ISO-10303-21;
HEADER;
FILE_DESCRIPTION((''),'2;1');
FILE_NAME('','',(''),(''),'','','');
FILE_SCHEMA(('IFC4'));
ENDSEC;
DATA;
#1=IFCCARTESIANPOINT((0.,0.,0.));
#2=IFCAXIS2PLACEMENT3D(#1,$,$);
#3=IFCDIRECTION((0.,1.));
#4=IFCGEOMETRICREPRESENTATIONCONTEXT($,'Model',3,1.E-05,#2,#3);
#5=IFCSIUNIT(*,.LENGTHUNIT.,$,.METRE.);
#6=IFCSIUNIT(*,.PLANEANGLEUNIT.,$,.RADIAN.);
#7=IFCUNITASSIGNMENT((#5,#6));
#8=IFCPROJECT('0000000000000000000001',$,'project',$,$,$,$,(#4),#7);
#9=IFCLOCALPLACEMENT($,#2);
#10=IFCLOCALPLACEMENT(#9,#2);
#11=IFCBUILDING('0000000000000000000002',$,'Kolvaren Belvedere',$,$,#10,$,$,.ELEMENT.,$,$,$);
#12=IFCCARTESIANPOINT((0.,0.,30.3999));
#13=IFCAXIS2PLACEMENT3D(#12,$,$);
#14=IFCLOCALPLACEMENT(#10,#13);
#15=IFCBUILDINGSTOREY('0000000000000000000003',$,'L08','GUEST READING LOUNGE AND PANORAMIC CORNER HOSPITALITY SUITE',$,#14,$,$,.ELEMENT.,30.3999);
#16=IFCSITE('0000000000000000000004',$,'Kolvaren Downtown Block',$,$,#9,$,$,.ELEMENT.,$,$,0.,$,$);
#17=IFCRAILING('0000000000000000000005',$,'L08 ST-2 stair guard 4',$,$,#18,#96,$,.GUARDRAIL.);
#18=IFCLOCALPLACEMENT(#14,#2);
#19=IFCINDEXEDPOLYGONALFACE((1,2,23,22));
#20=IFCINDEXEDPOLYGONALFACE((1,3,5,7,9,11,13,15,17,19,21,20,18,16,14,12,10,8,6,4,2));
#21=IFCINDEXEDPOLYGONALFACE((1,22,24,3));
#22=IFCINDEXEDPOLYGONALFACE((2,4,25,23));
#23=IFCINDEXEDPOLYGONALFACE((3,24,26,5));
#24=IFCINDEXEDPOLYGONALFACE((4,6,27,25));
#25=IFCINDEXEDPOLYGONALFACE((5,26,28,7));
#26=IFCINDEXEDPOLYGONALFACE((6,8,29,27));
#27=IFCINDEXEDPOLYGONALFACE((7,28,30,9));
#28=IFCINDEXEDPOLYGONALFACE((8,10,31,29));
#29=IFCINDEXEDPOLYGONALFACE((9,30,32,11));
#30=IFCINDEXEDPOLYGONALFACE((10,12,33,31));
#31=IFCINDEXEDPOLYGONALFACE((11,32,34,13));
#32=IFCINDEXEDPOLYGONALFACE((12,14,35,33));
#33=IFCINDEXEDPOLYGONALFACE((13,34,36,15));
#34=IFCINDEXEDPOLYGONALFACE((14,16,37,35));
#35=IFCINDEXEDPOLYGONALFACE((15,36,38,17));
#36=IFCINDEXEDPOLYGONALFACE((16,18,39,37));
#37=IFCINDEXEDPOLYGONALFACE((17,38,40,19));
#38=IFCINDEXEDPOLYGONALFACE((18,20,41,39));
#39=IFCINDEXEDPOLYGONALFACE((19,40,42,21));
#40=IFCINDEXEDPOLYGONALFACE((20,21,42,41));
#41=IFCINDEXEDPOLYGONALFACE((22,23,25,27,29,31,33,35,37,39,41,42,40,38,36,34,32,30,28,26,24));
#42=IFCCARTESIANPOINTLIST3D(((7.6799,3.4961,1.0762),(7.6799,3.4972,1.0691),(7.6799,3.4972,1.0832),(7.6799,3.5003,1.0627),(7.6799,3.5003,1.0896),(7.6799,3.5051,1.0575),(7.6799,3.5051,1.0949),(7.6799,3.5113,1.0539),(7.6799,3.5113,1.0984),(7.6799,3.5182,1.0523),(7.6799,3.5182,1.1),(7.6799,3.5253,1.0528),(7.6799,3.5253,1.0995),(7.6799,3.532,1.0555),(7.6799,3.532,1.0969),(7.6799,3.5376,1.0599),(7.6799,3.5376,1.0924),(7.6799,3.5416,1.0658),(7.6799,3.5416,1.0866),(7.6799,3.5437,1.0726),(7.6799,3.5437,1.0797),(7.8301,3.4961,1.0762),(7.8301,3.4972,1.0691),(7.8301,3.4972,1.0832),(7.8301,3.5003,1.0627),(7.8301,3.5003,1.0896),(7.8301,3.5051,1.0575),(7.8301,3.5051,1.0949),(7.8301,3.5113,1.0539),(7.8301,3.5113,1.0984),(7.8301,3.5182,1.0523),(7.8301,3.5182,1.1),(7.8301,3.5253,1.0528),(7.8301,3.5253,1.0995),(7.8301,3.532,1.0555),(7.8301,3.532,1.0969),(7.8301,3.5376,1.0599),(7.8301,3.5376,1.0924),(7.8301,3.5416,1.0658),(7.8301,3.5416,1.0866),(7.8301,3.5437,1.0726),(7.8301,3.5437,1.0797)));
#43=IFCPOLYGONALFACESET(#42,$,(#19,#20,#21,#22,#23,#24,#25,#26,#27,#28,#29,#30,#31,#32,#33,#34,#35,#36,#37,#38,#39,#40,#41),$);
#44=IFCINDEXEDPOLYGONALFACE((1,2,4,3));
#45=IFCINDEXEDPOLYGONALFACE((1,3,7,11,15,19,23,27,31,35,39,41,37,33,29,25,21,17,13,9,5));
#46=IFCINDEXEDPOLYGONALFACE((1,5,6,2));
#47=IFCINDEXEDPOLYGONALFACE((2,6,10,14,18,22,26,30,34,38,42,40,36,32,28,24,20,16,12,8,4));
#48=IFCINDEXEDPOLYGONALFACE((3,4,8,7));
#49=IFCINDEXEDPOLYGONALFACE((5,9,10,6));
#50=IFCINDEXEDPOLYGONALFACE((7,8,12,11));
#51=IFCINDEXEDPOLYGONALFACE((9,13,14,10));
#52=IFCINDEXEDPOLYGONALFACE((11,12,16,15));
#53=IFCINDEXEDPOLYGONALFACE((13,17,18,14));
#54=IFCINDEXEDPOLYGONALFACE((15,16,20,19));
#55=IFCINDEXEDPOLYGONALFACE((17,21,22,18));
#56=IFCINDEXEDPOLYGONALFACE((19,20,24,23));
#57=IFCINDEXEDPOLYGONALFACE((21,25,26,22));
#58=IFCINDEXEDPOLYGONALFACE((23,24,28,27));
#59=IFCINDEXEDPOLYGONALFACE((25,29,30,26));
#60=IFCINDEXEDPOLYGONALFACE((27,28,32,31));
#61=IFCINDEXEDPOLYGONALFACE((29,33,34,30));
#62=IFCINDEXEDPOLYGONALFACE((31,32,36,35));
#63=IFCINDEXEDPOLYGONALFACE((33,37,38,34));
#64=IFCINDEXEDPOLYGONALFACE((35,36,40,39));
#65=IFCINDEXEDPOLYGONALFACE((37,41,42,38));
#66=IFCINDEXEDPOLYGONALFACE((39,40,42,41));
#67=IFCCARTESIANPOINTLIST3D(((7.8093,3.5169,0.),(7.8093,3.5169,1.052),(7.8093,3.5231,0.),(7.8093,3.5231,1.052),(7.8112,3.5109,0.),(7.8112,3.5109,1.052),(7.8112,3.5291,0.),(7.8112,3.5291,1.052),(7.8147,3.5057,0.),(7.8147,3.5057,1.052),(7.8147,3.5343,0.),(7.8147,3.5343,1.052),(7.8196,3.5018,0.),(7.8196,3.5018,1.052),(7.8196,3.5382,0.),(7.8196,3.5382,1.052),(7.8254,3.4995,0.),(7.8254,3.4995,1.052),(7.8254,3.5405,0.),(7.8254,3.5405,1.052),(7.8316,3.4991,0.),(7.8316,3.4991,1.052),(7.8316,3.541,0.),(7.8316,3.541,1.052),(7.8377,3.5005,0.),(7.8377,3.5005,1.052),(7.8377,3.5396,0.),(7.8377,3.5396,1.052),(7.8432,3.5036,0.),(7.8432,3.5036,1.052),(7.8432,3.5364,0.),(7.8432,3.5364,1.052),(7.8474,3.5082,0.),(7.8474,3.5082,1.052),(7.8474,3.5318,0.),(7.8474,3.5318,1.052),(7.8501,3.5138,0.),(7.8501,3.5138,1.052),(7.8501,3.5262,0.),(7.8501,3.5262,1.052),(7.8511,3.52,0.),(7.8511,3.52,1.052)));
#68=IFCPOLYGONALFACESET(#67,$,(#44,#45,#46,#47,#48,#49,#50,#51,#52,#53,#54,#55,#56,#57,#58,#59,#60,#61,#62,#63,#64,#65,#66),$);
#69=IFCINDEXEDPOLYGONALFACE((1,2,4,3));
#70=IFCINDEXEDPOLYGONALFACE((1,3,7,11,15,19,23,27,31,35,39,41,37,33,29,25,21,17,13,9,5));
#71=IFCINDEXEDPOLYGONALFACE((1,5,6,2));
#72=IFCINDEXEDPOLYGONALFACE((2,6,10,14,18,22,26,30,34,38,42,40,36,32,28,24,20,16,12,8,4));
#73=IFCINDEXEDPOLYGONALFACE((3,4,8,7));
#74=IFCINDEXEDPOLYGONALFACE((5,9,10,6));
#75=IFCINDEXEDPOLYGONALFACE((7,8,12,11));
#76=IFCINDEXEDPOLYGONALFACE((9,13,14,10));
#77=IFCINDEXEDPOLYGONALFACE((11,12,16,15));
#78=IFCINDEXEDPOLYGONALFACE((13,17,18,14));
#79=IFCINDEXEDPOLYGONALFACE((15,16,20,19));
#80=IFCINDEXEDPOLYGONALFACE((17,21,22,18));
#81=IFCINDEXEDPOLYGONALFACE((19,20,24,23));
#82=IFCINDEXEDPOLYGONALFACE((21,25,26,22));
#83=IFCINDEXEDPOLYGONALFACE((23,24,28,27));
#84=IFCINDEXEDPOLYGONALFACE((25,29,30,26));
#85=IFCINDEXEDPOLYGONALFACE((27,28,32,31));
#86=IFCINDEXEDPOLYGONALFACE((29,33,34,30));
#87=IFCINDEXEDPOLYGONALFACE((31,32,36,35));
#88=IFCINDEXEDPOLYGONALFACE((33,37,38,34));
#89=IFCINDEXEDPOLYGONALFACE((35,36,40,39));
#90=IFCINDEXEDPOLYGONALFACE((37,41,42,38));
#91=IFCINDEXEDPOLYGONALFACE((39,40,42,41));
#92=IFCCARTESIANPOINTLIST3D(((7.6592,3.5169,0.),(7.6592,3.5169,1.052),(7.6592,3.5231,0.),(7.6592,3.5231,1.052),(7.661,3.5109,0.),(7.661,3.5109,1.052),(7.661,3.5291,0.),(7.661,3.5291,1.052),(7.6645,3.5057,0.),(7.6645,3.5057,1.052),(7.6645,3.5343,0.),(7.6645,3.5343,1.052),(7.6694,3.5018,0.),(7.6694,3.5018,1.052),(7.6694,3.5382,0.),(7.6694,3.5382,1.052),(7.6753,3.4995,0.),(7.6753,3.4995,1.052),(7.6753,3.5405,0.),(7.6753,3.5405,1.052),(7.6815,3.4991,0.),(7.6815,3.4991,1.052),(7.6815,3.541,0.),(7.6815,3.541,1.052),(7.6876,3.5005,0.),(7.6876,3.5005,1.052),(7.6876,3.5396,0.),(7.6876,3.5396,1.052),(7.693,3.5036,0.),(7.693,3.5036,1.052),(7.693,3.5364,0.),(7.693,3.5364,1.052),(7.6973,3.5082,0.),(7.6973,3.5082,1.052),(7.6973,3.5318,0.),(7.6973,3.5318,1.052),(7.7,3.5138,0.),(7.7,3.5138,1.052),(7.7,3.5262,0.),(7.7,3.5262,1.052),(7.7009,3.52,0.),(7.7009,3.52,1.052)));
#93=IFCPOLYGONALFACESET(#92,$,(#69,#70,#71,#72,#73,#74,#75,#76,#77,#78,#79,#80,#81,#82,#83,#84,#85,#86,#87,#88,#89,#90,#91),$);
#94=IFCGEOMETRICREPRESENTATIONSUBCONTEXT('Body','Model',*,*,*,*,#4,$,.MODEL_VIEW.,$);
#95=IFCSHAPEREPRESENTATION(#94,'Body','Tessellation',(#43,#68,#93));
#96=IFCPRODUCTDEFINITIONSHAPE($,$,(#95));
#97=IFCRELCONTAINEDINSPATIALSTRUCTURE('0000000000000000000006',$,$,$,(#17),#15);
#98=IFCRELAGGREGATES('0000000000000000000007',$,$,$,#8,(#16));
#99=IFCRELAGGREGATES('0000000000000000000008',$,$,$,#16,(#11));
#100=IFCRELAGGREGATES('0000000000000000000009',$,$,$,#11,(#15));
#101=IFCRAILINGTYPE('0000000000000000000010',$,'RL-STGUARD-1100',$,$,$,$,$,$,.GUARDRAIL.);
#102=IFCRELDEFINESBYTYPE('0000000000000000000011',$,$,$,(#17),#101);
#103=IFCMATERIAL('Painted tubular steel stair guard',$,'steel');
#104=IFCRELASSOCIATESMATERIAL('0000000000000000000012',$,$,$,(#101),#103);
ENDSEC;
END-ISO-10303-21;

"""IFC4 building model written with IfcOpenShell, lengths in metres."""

from ifc_helpers import new_model, si_unit, direction, frame, origin, origin_2d, place, context, subcontext, project, spatial, circle, extrude, material, type_object, element, save


model = new_model("IFC4")

# Units and contexts
model_context = context("Model", 3, precision=1e-05, world=origin(), true_north=direction((0.0, 1.0)))
body_context = subcontext(model_context, "Body", "Model", "MODEL_VIEW")
ifc_project = project(units=[si_unit("LENGTHUNIT", "METRE"), si_unit("PLANEANGLEUNIT", "RADIAN")], contexts=[model_context])

# Site, building, storey
site_placement = place(None, origin())
site = spatial("IfcSite", under=ifc_project, at=site_placement, Name="Kolvaren Downtown Block", CompositionType="ELEMENT", RefElevation=0.0)
building_placement = place(site_placement, origin())
building = spatial("IfcBuilding", under=site, at=building_placement, Name="Kolvaren Belvedere", CompositionType="ELEMENT")
storey_placement = place(building_placement, frame((0.0, 0.0, 30.3999)))
storey = spatial("IfcBuildingStorey", under=building, at=storey_placement, Name="L08", Description="GUEST READING LOUNGE AND PANORAMIC CORNER HOSPITALITY SUITE", CompositionType="ELEMENT", Elevation=30.3999)

# Railing
ifc_material_1 = material(Name="Painted tubular steel stair guard", Category="steel")
railing_type_1 = type_object("IfcRailingType", Name="RL-STGUARD-1100", PredefinedType="GUARDRAIL", material=ifc_material_1)
railing_1_placement = place(storey_placement, frame((7.8301, 3.52, 0.0)))
element("IfcRailing", 1, at=railing_1_placement, inside=storey, type_object=railing_type_1, Name="L08 ST-2 stair guard 4", PredefinedType="GUARDRAIL", context=body_context, shape_type="SweptSolid", body=[
    extrude(circle(Radius=0.0239, at=origin_2d()), frame((0.0, 0.0, 1.0762), z_axis=(-1.0, 0.0, 0.0), x_axis=(0.0, -1.0, 0.0)), (0.0, 0.0, 1.0), 0.1501),
    extrude(circle(Radius=0.021, at=origin_2d()), origin(), (0.0, 0.0, 1.0), 1.052),
    extrude(circle(Radius=0.021, at=origin_2d()), frame((-0.1501, 0.0, 0.0)), (0.0, 0.0, 1.0), 1.052),
])

save(model, "model.ifc")
